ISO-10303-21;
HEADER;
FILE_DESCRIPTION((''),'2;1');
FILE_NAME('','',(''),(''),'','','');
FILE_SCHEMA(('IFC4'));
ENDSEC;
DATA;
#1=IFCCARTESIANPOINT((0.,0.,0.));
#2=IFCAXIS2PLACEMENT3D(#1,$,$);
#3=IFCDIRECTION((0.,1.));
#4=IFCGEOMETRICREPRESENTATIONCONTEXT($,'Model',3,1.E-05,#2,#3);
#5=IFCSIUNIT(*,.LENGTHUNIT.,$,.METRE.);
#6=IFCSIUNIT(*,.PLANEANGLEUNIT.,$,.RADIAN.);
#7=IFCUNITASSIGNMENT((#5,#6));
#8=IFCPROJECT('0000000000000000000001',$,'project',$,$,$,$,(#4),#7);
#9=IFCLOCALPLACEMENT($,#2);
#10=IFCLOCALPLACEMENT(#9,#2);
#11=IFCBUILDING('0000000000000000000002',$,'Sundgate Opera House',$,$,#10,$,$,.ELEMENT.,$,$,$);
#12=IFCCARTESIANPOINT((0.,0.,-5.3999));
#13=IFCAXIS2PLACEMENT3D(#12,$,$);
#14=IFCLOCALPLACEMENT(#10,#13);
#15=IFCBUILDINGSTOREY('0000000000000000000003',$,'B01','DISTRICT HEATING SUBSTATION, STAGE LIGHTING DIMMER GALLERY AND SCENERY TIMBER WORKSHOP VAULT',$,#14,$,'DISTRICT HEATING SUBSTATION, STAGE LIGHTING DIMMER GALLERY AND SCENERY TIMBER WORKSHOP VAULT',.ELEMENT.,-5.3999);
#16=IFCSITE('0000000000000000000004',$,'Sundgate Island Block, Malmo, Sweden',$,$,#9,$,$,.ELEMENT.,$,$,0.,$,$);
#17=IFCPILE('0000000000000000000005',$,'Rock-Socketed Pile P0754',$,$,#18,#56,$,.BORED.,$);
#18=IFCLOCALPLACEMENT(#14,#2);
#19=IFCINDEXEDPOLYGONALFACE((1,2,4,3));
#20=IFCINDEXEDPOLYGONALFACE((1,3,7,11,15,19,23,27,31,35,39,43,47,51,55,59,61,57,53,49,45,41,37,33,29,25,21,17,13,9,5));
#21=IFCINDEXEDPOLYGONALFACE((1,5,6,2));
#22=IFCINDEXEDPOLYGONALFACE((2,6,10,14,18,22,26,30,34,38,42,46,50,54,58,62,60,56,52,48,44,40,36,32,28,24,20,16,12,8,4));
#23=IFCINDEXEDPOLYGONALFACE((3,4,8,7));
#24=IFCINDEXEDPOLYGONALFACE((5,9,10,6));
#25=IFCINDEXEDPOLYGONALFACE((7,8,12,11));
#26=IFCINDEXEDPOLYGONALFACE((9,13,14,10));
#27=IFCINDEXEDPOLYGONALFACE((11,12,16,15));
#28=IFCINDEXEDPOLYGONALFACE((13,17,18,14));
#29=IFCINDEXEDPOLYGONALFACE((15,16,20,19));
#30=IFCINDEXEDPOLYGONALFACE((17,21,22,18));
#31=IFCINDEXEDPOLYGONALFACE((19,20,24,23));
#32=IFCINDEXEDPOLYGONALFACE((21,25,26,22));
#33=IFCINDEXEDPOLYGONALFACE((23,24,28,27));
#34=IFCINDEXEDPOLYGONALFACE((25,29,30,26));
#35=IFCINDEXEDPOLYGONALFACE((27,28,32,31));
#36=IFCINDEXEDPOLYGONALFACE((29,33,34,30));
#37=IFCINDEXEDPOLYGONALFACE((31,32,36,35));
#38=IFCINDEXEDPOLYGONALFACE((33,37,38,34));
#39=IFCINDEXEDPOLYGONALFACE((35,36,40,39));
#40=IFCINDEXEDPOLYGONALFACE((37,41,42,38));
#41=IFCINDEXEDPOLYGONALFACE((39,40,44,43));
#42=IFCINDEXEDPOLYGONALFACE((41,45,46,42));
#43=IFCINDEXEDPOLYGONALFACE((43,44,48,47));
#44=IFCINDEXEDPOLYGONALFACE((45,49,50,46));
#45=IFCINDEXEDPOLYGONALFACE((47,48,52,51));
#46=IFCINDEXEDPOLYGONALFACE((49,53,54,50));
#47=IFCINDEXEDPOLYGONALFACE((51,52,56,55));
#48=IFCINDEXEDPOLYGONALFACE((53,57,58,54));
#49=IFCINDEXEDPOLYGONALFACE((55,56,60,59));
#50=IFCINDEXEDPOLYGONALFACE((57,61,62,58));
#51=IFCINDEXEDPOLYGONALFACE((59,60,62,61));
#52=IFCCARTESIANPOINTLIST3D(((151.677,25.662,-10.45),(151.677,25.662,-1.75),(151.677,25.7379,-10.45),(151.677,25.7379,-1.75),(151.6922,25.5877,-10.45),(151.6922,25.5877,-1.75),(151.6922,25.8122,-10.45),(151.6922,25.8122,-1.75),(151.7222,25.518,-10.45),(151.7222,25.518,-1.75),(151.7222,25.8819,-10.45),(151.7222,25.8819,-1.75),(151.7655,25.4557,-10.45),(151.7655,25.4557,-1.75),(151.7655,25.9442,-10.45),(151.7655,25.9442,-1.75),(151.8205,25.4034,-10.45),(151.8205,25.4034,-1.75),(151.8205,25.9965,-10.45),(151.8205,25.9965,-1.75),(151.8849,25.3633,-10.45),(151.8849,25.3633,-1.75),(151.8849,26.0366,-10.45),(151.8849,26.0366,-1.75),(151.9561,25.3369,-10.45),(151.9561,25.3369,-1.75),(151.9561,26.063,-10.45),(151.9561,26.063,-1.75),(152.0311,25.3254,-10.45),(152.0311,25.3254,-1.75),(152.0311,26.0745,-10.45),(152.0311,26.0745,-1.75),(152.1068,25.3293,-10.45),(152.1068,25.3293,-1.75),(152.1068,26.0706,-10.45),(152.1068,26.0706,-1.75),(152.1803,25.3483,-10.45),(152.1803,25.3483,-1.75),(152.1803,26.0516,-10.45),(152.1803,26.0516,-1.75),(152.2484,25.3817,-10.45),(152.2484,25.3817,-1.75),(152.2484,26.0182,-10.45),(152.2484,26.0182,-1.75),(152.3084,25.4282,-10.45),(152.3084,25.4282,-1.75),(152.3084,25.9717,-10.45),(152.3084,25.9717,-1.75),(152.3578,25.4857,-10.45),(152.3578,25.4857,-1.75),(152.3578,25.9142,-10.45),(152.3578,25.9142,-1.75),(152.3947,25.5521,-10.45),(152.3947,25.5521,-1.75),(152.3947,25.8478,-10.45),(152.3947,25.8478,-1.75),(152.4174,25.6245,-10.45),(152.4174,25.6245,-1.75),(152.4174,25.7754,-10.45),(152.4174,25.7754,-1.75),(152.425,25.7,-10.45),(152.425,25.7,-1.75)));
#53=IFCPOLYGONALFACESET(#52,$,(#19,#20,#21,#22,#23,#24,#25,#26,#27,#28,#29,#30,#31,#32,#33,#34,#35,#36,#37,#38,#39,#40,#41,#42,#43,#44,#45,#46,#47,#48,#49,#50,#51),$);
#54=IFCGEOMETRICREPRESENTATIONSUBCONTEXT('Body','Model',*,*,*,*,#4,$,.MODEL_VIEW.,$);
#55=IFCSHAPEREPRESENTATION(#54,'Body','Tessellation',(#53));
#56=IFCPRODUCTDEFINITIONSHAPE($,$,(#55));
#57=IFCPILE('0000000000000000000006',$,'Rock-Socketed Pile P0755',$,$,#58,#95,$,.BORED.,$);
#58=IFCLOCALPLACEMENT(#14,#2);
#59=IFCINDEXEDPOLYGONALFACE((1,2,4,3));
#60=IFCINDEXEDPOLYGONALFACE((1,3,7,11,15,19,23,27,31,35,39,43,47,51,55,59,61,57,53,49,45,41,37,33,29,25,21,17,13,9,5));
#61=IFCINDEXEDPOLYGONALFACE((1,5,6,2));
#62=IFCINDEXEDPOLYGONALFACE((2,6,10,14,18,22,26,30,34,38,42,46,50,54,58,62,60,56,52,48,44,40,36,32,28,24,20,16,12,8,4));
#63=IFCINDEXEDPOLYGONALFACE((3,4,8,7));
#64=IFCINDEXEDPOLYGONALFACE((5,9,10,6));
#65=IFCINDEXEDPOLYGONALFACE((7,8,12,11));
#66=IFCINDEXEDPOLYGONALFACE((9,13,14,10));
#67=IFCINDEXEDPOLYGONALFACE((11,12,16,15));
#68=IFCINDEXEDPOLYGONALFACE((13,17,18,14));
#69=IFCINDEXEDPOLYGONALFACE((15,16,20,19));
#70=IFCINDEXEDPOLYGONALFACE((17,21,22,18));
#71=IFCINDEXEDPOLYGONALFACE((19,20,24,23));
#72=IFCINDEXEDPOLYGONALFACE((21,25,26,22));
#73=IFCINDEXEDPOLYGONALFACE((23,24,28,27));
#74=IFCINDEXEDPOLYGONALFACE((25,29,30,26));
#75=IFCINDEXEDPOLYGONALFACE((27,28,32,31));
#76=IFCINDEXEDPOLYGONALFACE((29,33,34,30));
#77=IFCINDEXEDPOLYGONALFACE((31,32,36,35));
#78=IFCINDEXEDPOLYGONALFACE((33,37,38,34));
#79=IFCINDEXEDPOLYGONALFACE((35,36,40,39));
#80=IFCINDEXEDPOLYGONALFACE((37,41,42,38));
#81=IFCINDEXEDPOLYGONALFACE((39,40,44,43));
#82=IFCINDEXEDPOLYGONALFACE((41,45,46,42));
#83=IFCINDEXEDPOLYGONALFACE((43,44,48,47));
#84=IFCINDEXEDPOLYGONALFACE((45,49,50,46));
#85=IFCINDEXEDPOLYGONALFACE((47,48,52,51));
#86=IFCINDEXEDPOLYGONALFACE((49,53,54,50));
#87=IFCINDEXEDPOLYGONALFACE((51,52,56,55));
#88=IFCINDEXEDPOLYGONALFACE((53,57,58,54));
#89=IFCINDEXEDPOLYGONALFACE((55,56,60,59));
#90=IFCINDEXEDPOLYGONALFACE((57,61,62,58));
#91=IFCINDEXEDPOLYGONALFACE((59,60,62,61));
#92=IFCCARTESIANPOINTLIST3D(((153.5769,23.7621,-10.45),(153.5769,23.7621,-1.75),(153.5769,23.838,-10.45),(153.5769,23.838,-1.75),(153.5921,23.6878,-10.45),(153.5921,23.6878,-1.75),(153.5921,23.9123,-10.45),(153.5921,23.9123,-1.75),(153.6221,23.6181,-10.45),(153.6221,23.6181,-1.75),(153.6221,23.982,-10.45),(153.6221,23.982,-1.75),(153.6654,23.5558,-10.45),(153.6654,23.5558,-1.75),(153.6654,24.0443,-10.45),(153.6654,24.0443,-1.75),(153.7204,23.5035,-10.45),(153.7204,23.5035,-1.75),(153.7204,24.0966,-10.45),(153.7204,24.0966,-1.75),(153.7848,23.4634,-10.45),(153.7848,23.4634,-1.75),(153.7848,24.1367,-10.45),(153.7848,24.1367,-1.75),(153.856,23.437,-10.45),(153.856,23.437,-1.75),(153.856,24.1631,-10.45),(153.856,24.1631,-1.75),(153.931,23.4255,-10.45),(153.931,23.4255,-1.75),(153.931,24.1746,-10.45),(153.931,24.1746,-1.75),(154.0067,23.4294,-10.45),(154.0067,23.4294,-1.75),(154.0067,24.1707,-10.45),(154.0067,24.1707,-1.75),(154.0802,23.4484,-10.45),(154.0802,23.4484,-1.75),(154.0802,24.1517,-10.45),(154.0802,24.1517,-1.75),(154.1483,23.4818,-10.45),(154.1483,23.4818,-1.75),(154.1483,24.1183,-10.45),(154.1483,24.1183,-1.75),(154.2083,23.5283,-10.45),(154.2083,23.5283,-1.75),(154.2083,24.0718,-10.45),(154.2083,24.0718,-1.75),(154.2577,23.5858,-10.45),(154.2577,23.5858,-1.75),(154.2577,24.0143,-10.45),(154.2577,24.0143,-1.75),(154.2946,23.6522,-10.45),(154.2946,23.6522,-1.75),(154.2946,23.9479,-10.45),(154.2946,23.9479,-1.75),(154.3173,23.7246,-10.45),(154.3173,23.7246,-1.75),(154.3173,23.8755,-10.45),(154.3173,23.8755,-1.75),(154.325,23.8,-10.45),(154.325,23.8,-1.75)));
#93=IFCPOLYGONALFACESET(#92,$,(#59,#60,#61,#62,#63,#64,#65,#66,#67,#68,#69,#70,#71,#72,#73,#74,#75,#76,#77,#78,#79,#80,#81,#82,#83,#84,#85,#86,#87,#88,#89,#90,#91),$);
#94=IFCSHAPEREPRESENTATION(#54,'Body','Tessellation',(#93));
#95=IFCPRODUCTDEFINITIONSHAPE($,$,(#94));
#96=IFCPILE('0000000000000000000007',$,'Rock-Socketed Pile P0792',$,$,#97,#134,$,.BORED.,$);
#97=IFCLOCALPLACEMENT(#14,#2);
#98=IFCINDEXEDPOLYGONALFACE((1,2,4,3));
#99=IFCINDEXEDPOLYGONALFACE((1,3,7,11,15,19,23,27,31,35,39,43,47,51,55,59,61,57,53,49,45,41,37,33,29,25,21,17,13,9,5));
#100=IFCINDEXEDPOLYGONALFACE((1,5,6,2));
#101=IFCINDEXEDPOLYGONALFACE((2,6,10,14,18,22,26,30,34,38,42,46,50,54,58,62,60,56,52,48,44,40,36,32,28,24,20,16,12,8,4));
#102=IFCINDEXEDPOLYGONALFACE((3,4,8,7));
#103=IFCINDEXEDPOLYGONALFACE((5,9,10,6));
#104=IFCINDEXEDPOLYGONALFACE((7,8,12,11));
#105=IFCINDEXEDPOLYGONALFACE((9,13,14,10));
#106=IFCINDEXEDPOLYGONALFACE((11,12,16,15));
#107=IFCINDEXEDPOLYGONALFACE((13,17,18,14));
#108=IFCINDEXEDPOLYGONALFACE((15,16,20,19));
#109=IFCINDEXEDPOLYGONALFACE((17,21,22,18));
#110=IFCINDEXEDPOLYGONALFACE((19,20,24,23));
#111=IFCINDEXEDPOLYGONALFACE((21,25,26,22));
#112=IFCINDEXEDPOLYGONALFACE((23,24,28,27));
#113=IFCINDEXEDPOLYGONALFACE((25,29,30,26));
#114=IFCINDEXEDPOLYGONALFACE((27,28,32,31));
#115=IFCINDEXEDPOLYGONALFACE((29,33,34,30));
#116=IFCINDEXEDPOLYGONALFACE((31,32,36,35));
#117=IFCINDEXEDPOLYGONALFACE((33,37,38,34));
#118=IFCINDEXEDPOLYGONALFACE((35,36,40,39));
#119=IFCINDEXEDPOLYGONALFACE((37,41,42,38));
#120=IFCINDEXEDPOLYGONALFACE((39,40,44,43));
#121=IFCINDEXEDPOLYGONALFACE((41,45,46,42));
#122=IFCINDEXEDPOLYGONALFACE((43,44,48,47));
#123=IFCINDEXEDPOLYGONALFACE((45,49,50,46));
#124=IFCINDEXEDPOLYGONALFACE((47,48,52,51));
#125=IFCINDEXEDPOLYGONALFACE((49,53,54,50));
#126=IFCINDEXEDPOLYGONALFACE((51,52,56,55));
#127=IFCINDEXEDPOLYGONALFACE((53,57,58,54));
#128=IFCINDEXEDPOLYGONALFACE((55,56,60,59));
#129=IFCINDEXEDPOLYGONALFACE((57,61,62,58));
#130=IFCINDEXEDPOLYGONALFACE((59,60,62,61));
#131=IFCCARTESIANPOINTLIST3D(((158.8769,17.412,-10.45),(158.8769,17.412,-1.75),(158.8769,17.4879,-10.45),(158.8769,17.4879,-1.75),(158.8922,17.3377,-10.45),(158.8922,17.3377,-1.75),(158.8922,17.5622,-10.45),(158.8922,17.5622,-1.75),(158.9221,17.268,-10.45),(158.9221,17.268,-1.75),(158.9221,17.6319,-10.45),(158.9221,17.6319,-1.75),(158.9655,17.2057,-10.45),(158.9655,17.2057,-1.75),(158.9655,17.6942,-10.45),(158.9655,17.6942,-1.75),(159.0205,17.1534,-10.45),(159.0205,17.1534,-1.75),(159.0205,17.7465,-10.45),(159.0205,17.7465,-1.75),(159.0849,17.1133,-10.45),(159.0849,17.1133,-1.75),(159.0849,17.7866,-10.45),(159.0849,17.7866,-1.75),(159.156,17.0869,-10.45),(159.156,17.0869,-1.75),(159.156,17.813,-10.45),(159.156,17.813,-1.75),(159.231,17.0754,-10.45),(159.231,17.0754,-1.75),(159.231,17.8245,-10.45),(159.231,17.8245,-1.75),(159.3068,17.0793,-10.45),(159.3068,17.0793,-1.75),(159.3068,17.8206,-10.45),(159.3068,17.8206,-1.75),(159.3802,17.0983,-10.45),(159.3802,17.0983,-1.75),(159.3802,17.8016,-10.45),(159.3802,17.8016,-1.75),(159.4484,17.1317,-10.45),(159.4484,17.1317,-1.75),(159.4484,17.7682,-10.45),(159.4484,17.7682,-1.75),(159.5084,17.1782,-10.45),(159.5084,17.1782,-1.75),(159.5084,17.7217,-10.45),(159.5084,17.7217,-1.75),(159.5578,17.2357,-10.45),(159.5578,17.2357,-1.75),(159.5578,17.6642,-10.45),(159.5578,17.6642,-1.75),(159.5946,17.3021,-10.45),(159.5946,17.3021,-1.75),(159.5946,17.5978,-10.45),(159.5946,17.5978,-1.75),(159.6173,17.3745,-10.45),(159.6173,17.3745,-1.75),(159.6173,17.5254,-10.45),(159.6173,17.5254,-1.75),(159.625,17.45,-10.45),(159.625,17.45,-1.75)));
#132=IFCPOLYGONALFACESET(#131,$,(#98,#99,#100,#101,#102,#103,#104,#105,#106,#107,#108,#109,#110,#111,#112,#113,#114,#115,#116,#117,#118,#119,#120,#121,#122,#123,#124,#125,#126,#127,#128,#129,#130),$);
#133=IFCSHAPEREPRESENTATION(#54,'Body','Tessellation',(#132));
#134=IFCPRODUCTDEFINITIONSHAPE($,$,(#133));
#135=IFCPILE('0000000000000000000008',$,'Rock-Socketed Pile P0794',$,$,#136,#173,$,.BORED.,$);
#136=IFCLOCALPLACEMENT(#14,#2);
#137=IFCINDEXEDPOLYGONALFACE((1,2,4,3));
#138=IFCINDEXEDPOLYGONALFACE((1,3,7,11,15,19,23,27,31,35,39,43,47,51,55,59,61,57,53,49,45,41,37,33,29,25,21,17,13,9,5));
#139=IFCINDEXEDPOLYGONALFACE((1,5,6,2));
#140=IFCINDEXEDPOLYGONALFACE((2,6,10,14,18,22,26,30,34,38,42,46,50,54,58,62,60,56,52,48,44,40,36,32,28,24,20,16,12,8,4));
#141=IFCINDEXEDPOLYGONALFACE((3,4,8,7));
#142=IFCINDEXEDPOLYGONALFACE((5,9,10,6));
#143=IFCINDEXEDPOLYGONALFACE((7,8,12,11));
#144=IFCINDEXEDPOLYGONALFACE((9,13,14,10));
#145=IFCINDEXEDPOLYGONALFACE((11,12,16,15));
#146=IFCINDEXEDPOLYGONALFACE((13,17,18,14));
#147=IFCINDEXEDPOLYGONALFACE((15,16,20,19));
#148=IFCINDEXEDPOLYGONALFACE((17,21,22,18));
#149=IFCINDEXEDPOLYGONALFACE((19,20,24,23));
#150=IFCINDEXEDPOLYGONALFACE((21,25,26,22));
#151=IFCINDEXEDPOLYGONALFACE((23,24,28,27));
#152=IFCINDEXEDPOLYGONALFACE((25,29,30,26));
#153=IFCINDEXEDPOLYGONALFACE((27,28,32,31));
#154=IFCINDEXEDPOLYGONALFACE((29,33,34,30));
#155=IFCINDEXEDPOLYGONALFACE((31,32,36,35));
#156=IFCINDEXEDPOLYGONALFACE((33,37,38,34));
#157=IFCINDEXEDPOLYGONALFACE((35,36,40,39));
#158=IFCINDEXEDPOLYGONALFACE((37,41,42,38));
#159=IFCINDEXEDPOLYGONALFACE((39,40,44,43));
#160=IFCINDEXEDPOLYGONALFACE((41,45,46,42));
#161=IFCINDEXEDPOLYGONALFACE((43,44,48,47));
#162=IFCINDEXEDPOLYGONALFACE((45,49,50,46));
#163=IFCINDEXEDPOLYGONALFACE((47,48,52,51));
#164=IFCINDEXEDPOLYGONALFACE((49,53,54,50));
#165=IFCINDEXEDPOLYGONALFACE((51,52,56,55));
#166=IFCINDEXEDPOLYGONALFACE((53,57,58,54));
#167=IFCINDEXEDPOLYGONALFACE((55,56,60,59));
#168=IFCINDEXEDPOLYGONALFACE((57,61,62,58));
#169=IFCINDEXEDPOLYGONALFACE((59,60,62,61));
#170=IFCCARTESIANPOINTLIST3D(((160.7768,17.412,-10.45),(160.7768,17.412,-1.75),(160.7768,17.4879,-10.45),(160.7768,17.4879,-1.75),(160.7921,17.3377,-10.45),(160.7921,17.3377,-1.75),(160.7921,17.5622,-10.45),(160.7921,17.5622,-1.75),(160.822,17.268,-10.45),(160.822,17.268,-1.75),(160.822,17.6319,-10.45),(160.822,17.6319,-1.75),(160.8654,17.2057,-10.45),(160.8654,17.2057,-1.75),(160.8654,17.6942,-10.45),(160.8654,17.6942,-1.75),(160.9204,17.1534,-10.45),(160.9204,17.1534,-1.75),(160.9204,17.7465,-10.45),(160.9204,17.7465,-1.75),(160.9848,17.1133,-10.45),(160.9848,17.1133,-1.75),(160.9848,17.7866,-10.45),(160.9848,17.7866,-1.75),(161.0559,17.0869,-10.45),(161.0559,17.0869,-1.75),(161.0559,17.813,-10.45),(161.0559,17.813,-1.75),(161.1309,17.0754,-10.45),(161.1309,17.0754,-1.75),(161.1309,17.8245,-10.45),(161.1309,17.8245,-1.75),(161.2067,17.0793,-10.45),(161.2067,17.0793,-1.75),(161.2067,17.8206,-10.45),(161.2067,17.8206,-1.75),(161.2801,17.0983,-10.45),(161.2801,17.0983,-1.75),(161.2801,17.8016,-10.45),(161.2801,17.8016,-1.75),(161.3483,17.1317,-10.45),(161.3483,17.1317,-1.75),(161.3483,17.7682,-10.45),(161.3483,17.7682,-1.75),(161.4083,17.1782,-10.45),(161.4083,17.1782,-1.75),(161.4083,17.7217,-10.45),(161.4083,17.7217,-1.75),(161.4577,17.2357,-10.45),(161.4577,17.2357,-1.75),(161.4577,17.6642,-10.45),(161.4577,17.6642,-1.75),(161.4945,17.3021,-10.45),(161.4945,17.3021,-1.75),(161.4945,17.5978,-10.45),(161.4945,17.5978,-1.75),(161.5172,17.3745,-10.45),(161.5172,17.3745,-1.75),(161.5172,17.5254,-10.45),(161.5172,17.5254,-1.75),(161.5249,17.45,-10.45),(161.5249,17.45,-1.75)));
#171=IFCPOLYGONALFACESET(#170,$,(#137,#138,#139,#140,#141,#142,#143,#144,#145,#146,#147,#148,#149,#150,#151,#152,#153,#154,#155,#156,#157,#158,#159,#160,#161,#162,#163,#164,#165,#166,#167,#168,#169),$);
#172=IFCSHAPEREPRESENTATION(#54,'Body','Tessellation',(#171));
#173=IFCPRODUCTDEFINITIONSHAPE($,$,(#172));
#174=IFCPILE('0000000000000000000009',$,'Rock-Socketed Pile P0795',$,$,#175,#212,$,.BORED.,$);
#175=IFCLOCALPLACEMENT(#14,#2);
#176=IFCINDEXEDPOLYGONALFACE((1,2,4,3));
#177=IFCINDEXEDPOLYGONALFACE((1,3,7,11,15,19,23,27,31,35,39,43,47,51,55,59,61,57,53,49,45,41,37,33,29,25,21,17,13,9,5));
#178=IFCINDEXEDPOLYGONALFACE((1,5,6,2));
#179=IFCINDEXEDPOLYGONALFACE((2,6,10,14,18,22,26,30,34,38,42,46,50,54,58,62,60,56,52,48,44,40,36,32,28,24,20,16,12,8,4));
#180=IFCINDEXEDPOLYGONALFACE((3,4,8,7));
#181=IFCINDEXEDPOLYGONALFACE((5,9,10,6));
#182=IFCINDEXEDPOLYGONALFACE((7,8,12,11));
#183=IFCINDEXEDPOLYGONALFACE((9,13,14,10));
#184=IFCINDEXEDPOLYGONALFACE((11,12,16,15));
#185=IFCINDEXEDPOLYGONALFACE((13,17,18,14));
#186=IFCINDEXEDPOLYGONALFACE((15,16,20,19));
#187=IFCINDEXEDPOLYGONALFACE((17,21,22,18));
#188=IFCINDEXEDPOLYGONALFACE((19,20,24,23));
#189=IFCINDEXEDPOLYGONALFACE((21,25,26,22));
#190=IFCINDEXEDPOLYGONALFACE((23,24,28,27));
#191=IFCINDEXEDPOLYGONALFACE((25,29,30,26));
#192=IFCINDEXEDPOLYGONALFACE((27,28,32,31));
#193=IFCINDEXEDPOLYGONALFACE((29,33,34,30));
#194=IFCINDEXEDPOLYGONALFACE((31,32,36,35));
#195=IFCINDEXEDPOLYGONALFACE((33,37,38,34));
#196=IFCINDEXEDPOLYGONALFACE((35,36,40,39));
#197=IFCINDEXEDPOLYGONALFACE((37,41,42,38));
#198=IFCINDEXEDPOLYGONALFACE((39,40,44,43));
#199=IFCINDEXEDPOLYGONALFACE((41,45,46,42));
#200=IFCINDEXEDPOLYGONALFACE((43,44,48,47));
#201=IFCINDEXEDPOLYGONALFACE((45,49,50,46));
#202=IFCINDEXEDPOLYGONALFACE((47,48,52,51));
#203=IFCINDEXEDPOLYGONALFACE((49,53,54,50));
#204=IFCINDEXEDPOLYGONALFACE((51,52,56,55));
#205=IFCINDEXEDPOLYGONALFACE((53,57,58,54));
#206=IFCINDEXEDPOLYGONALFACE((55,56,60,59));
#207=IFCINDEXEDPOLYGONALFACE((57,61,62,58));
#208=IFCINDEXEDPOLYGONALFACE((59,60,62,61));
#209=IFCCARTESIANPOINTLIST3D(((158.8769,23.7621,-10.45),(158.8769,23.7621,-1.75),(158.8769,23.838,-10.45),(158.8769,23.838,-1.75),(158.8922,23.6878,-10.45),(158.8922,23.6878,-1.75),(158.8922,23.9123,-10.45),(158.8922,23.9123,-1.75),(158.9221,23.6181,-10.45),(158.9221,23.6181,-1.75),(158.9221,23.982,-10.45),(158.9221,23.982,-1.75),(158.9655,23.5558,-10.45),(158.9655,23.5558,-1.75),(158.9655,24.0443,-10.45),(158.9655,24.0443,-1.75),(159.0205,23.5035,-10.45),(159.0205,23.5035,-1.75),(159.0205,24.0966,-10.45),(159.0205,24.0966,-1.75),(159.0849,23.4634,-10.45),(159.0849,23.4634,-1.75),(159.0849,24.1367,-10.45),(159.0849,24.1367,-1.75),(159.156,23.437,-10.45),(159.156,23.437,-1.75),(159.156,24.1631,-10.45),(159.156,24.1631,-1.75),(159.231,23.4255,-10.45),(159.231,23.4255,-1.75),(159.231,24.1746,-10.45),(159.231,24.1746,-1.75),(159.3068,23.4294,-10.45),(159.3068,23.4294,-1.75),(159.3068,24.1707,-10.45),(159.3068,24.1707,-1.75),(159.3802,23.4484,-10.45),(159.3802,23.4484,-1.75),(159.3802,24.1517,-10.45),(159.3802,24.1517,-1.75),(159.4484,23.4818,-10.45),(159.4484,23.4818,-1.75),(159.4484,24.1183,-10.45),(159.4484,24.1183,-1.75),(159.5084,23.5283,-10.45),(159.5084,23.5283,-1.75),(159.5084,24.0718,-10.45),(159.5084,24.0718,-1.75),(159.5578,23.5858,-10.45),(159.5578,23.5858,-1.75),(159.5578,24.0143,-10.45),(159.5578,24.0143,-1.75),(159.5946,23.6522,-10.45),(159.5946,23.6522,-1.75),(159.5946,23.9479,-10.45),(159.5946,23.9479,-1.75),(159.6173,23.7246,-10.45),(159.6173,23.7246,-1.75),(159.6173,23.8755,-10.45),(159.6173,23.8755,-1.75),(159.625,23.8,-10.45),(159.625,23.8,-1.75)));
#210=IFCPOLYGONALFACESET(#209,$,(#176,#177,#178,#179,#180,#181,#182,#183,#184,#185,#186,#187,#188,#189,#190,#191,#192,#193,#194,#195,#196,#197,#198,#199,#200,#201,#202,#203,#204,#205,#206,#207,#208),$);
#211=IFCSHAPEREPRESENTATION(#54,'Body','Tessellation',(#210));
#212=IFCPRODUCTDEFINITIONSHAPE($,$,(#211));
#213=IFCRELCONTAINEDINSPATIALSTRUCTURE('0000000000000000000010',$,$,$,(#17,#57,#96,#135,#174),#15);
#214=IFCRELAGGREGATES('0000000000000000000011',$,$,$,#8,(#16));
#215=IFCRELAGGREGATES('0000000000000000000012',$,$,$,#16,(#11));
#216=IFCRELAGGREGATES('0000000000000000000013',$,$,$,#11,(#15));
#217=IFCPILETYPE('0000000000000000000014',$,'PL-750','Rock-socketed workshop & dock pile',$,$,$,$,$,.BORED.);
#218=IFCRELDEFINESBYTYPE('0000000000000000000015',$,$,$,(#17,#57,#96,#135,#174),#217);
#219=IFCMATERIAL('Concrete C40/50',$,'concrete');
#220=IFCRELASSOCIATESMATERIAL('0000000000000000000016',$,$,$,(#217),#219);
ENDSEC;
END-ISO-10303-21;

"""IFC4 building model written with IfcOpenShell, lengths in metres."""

from ifc_helpers import new_model, si_unit, direction, frame, origin, origin_2d, place, context, subcontext, project, spatial, circle, extrude, material, material_profile, profile_set, type_object, element, save


model = new_model("IFC4")

# Units and contexts
model_context = context("Model", 3, precision=1e-05, world=origin(), true_north=direction((0.0, 1.0)))
body_context = subcontext(model_context, "Body", "Model", "MODEL_VIEW")
ifc_project = project(units=[si_unit("LENGTHUNIT", "METRE"), si_unit("PLANEANGLEUNIT", "RADIAN")], contexts=[model_context])

# Site, building, storey
site_placement = place(None, origin())
site = spatial("IfcSite", under=ifc_project, at=site_placement, Name="Sundgate Island Block, Malmo, Sweden", CompositionType="ELEMENT", RefElevation=0.0)
building_placement = place(site_placement, origin())
building = spatial("IfcBuilding", under=site, at=building_placement, Name="Sundgate Opera House", CompositionType="ELEMENT")
storey_placement = place(building_placement, frame((0.0, 0.0, -5.3999)))
storey = spatial("IfcBuildingStorey", under=building, at=storey_placement, Name="B01", Description="DISTRICT HEATING SUBSTATION, STAGE LIGHTING DIMMER GALLERY AND SCENERY TIMBER WORKSHOP VAULT", LongName="DISTRICT HEATING SUBSTATION, STAGE LIGHTING DIMMER GALLERY AND SCENERY TIMBER WORKSHOP VAULT", CompositionType="ELEMENT", Elevation=-5.3999)

# Piles
ifc_material_1 = material(Name="Concrete C40/50", Category="concrete")
ifc_material_profile_1 = material_profile(ifc_material_1, circle(Radius=0.375, at=origin_2d()), Name="PILE D750")
ifc_profile_set_1 = profile_set([ifc_material_profile_1], Name="Concrete C40/50")
pile_type = type_object("IfcPileType", Name="PL-750", Description="Rock-socketed workshop & dock pile", PredefinedType="BORED", material=ifc_profile_set_1)
for number, where, z_axis, x_axis, name in (
    (1, (152.05, 25.7, -1.75), (0.0, 0.0, -1.0), (1.0, 0.0, 0.0), "Rock-Socketed Pile P0754"),
    (2, (153.95, 23.8, -1.75), (0.0, 0.0, -1.0), (1.0, 0.0, 0.0), "Rock-Socketed Pile P0755"),
    (3, (159.25, 17.45, -1.75), (0.0, 0.0, -1.0), (1.0, 0.0, 0.0), "Rock-Socketed Pile P0792"),
    (4, (161.1499, 17.45, -1.75), (0.0, 0.0, -1.0), (1.0, 0.0, 0.0), "Rock-Socketed Pile P0794"),
    (5, (159.25, 23.8, -1.75), (0.0, 0.0, -1.0), (1.0, 0.0, 0.0), "Rock-Socketed Pile P0795"),
):
    element("IfcPile", number, at=place(storey_placement, frame(where, z_axis=z_axis, x_axis=x_axis)), inside=storey, type_object=pile_type, Name=name, PredefinedType="BORED", context=body_context, shape_type="SweptSolid", body=[
        extrude(circle(Radius=0.375, at=origin_2d()), origin(), (0.0, 0.0, 1.0), 8.7),
    ])

save(model, "model.ifc")
